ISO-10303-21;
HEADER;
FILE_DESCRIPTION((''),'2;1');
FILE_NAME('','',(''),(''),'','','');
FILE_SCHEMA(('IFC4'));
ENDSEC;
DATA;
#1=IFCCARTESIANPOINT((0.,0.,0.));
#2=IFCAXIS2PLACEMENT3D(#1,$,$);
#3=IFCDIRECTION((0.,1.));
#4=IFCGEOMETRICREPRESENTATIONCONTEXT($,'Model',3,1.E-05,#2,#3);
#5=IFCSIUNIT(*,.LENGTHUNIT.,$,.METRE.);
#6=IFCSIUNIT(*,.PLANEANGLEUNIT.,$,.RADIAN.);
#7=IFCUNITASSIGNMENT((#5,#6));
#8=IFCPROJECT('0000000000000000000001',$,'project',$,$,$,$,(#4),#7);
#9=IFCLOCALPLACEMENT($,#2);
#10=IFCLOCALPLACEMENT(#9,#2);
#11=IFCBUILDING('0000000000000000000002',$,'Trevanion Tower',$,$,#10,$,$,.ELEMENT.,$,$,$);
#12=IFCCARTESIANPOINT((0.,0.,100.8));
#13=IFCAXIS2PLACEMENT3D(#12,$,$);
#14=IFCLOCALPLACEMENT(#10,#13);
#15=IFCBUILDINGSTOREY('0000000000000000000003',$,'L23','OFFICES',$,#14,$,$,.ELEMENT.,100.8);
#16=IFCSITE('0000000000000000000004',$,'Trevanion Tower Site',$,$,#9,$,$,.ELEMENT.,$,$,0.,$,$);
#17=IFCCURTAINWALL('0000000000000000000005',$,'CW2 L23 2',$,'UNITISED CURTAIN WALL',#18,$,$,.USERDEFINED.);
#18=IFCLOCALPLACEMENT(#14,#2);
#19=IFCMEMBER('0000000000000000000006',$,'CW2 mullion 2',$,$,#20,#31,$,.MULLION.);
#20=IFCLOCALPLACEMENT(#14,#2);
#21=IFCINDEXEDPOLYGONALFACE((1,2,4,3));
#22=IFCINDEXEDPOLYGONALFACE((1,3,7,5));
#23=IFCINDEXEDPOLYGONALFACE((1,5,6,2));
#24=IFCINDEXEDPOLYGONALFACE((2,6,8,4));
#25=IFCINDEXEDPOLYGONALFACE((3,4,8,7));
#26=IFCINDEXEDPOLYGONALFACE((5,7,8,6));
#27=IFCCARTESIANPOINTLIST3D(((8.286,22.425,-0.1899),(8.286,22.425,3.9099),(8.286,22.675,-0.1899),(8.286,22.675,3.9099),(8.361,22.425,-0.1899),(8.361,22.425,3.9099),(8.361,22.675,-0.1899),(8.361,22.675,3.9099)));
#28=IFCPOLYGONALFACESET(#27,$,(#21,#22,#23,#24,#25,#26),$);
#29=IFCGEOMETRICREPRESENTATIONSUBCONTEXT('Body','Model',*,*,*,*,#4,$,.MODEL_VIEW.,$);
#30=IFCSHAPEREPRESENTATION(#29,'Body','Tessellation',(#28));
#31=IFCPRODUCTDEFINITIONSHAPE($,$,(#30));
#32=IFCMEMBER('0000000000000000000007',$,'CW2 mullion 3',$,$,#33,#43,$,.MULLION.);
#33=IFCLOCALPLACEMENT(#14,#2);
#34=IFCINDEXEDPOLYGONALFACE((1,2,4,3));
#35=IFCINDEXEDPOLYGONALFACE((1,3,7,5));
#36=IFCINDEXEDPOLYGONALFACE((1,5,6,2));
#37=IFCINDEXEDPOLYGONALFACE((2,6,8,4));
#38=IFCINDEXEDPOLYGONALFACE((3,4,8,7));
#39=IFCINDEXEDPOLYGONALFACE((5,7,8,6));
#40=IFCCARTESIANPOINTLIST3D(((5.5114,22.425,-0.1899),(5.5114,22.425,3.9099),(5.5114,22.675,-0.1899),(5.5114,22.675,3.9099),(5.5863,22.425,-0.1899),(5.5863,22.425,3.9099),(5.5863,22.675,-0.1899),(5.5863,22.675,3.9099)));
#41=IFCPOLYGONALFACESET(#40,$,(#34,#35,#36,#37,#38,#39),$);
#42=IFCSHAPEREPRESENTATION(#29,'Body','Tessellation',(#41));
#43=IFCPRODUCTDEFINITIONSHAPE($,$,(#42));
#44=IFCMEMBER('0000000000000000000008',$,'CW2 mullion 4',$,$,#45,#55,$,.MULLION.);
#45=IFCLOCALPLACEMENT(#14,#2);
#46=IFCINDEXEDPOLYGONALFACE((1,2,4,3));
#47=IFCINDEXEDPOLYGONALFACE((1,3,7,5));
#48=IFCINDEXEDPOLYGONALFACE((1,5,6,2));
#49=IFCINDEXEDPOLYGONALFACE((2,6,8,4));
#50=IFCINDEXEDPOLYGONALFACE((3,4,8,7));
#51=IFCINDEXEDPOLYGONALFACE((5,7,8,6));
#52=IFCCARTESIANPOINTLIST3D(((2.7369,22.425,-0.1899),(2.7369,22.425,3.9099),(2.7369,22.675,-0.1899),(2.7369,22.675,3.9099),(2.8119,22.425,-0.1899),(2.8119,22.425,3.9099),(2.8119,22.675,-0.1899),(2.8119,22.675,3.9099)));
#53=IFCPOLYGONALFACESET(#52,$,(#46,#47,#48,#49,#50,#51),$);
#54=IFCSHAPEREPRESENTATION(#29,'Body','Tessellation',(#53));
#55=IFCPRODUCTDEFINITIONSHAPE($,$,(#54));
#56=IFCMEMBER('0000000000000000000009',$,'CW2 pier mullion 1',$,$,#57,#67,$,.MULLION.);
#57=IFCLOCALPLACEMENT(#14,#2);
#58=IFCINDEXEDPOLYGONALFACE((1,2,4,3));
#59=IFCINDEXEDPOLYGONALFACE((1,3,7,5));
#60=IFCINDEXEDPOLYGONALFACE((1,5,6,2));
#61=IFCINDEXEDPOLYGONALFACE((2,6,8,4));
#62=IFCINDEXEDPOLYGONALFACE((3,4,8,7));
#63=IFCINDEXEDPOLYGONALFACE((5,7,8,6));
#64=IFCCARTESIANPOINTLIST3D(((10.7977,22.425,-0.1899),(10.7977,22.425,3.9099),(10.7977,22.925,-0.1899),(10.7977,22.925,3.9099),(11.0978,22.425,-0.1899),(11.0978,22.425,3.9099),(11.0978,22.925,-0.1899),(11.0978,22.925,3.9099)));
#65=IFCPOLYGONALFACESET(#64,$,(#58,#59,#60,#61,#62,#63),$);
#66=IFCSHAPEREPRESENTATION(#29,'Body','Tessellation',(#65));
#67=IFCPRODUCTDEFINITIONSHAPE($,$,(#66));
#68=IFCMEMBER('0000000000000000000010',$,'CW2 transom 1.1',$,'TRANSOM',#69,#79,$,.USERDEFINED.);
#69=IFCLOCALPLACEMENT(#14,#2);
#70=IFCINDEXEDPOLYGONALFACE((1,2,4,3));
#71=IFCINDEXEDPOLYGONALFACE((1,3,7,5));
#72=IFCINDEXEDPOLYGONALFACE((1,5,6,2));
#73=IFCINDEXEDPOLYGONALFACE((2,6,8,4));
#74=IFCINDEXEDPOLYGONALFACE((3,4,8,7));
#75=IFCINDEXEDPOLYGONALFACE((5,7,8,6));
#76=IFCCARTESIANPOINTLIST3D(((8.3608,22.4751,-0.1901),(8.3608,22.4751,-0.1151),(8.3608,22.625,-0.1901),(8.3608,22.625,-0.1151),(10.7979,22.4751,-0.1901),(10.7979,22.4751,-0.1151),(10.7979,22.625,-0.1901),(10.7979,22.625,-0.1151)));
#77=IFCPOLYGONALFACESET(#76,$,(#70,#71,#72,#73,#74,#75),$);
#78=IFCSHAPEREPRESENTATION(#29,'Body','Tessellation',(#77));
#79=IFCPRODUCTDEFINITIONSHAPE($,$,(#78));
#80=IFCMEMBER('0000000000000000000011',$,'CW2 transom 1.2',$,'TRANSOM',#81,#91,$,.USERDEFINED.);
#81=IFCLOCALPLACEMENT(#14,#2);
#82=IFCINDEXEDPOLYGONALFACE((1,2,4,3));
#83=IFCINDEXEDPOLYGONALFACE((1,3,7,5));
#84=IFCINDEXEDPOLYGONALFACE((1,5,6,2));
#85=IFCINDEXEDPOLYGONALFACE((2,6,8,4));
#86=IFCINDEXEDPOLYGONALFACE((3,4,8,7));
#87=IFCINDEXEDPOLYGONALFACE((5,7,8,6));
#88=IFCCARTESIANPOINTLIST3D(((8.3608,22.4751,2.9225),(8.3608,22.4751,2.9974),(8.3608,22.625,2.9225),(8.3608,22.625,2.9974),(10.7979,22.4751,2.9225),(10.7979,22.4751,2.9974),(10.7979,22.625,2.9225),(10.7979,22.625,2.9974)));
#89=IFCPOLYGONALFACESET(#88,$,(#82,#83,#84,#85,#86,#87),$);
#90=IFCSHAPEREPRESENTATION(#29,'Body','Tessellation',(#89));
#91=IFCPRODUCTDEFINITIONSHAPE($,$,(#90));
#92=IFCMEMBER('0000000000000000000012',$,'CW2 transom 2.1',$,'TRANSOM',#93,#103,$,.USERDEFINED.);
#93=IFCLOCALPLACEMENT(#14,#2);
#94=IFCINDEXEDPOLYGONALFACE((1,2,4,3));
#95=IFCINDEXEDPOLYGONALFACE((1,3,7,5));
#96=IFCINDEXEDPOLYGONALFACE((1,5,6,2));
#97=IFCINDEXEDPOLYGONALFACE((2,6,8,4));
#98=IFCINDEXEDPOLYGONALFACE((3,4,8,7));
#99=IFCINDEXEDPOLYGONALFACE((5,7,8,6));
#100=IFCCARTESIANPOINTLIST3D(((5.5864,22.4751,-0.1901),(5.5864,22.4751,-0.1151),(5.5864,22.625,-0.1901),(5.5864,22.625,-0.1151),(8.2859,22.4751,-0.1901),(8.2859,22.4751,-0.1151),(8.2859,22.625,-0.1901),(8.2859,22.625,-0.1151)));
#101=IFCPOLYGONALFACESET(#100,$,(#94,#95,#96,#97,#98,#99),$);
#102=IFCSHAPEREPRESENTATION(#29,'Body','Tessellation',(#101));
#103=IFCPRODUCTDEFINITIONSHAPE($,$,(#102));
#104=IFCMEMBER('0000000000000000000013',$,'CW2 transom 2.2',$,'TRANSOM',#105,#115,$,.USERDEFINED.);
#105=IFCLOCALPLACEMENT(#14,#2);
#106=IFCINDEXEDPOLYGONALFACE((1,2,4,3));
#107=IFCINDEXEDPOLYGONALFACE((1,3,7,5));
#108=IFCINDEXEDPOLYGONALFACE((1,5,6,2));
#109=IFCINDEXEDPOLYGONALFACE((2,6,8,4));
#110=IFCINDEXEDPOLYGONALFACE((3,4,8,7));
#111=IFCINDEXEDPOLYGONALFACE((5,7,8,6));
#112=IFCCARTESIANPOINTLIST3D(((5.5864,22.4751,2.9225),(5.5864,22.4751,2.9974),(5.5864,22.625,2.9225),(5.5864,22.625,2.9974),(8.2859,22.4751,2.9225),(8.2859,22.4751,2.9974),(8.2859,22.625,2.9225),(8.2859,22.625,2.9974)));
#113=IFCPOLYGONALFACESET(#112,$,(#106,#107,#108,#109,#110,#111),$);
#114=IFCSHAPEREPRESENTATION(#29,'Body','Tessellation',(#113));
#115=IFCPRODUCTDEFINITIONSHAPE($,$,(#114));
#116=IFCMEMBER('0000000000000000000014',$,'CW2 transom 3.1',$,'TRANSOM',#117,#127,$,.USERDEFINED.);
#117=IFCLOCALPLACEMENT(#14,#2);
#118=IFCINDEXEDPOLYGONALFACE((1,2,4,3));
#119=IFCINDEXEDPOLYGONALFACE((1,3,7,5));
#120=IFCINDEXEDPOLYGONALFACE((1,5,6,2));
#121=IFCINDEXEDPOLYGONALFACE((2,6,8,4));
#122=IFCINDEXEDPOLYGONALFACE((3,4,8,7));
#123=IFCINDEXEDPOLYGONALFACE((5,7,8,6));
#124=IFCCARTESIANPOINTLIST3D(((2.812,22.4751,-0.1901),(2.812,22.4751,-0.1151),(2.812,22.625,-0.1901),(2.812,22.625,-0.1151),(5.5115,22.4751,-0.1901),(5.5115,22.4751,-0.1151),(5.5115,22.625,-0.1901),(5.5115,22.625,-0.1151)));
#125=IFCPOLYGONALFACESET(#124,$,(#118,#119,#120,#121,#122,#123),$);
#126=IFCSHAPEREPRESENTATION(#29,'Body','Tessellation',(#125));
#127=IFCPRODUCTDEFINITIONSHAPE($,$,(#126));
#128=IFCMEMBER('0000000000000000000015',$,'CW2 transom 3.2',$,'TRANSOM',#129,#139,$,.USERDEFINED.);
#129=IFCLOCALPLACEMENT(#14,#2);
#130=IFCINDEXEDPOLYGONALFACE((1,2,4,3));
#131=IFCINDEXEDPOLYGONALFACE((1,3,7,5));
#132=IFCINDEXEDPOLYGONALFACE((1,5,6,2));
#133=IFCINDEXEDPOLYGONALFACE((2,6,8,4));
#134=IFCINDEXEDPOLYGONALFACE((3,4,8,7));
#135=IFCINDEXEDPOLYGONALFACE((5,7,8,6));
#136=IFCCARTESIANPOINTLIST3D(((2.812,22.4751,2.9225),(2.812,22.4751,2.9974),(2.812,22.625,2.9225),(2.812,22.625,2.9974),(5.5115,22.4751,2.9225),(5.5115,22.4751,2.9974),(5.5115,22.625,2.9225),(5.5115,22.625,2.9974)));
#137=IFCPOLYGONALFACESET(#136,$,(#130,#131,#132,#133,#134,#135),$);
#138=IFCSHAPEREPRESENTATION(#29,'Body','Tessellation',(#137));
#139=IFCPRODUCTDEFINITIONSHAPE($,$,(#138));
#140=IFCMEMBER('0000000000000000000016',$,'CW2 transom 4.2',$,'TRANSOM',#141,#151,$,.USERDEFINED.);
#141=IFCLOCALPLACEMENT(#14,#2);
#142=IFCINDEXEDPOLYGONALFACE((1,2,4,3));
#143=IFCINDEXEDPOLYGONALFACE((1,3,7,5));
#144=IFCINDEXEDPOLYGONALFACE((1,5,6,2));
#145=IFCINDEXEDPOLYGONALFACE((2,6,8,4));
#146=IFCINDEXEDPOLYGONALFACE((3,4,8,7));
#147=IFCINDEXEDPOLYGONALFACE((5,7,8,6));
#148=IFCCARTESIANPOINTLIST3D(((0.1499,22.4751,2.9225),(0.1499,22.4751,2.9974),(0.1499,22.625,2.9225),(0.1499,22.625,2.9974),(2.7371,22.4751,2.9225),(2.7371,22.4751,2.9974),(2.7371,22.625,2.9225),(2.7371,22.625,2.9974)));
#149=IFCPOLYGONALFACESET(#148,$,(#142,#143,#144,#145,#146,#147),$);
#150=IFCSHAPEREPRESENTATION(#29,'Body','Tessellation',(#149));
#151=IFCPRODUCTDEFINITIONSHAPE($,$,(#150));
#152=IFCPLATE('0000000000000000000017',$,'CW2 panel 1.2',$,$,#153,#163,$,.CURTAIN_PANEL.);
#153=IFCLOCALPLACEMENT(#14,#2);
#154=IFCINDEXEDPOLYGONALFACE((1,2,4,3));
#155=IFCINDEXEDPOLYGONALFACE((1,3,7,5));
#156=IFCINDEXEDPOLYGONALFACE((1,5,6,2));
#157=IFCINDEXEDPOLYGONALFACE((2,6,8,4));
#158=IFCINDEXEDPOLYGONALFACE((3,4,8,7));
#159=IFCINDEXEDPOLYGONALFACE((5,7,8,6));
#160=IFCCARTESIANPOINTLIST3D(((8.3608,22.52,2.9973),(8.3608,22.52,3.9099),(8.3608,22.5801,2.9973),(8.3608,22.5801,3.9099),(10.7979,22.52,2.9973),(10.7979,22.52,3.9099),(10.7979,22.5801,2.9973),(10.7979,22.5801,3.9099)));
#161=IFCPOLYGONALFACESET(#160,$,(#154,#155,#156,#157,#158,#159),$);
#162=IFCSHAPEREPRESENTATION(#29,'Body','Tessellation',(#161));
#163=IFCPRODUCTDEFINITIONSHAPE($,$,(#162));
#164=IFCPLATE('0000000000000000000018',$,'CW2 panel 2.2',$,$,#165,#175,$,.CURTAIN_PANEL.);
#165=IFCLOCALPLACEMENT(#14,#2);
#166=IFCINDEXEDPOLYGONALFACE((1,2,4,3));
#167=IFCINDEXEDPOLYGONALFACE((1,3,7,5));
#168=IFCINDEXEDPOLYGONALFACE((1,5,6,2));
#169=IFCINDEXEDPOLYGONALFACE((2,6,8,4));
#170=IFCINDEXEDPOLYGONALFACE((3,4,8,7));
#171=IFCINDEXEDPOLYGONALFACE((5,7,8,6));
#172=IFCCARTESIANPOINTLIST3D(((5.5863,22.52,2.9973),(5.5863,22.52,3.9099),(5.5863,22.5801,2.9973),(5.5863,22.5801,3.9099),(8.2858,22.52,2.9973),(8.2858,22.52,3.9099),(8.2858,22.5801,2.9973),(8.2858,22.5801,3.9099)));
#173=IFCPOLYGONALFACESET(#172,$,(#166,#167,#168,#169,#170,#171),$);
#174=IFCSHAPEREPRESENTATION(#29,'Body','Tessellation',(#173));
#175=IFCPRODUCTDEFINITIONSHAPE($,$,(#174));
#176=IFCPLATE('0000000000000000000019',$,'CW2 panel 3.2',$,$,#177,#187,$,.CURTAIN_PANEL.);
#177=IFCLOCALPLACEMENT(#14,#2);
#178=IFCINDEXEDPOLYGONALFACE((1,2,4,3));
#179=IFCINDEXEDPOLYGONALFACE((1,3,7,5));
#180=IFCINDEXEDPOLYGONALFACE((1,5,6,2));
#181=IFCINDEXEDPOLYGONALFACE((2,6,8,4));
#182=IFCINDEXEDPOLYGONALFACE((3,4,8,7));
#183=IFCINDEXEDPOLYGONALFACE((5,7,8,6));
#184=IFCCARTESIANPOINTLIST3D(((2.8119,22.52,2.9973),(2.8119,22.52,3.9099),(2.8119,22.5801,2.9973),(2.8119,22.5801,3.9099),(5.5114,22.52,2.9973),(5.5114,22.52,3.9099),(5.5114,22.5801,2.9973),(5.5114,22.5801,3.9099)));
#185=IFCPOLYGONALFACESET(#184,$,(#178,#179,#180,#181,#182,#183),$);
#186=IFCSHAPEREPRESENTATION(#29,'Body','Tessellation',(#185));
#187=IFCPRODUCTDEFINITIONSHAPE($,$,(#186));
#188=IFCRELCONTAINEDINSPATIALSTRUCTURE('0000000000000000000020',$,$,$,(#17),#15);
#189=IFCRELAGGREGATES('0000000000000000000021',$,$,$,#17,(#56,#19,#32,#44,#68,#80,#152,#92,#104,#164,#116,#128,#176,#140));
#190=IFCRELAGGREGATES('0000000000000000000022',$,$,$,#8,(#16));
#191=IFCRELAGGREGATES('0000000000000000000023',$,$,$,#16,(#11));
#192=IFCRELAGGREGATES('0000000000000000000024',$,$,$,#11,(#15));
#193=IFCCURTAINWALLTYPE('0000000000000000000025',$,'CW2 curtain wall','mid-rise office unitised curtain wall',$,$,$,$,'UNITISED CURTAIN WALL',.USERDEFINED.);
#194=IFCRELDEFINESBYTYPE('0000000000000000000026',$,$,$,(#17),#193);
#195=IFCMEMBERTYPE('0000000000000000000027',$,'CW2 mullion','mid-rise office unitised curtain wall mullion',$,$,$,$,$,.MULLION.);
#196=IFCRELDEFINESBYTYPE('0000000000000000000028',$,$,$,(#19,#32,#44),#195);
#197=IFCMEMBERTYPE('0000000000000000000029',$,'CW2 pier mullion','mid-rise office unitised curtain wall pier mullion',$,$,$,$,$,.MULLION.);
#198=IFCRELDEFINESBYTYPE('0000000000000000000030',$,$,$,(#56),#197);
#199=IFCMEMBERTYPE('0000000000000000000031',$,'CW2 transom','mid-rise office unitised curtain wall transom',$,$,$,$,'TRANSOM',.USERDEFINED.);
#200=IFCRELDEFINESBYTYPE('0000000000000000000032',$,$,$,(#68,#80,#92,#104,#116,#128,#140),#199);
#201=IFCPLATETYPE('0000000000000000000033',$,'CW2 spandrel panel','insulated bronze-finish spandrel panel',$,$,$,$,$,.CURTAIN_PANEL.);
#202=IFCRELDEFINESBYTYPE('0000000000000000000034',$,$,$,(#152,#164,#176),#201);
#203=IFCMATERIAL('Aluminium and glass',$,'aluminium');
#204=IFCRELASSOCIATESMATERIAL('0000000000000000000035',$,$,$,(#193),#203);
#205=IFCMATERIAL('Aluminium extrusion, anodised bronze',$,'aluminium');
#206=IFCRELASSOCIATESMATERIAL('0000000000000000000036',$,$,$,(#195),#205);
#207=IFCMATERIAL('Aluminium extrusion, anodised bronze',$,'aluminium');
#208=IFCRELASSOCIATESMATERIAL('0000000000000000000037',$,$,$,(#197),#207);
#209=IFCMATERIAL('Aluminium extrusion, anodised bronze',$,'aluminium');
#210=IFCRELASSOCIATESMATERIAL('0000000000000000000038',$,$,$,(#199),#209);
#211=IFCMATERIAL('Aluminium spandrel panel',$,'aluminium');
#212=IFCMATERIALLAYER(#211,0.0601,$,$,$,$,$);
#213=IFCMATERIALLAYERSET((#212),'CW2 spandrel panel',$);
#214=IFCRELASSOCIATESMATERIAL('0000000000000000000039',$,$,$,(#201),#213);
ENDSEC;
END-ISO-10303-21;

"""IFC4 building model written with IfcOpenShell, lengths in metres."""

from ifc_helpers import new_model, si_unit, direction, frame, origin, origin_2d, place, context, subcontext, project, spatial, rectangle, extrude, material, layer, layer_set, material_profile, profile_set, type_object, element, aggregate, save


model = new_model("IFC4")

# Units and contexts
model_context = context("Model", 3, precision=1e-05, world=origin(), true_north=direction((0.0, 1.0)))
body_context = subcontext(model_context, "Body", "Model", "MODEL_VIEW")
ifc_project = project(units=[si_unit("LENGTHUNIT", "METRE"), si_unit("PLANEANGLEUNIT", "RADIAN")], contexts=[model_context])

# Site, building, storey
site_placement = place(None, origin())
site = spatial("IfcSite", under=ifc_project, at=site_placement, Name="Trevanion Tower Site", CompositionType="ELEMENT", RefElevation=0.0)
building_placement = place(site_placement, origin())
building = spatial("IfcBuilding", under=site, at=building_placement, Name="Trevanion Tower", CompositionType="ELEMENT")
storey_placement = place(building_placement, frame((0.0, 0.0, 100.8)))
storey = spatial("IfcBuildingStorey", under=building, at=storey_placement, Name="L23", Description="OFFICES", CompositionType="ELEMENT", Elevation=100.8)

# Curtain wall, members, plates
ifc_material_1 = material(Name="Aluminium and glass", Category="aluminium")
curtain_wall_type = type_object("IfcCurtainWallType", Name="CW2 curtain wall", Description="mid-rise office unitised curtain wall", ElementType="UNITISED CURTAIN WALL", PredefinedType="USERDEFINED", material=ifc_material_1)
curtain_wall_placement = place(storey_placement, origin())
curtain_wall = element("IfcCurtainWall", 1, at=curtain_wall_placement, inside=storey, type_object=curtain_wall_type, Name="CW2 L23 2", ObjectType="UNITISED CURTAIN WALL", PredefinedType="USERDEFINED")
ifc_material_2 = material(Name="Aluminium extrusion, anodised bronze", Category="aluminium")
ifc_material_profile_1 = material_profile(ifc_material_2, rectangle(XDim=0.075, YDim=0.25, at=origin_2d()), Name="CW2 mullion")
ifc_profile_set_1 = profile_set([ifc_material_profile_1], Name="Aluminium extrusion, anodised bronze")
member_type_1 = type_object("IfcMemberType", Name="CW2 mullion", Description="mid-rise office unitised curtain wall mullion", PredefinedType="MULLION", material=ifc_profile_set_1)
member_1_placement = place(storey_placement, frame((8.3235, 22.55, -0.1899), z_axis=(0.0, 0.0, 1.0), x_axis=(-1.0, 0.0, 0.0)))
member_1 = element("IfcMember", 2, at=member_1_placement, type_object=member_type_1, Name="CW2 mullion 2", PredefinedType="MULLION", context=body_context, shape_type="SweptSolid", body=[
    extrude(rectangle(XDim=0.075, YDim=0.25, at=origin_2d()), origin(), (0.0, 0.0, 1.0), 4.0999),
])
member_2_placement = place(storey_placement, frame((5.5488, 22.55, -0.1899), z_axis=(0.0, 0.0, 1.0), x_axis=(-1.0, 0.0, 0.0)))
member_2 = element("IfcMember", 3, at=member_2_placement, type_object=member_type_1, Name="CW2 mullion 3", PredefinedType="MULLION", context=body_context, shape_type="SweptSolid", body=[
    extrude(rectangle(XDim=0.075, YDim=0.25, at=origin_2d()), origin(), (0.0, 0.0, 1.0), 4.0999),
])
member_3_placement = place(storey_placement, frame((2.7744, 22.55, -0.1899), z_axis=(0.0, 0.0, 1.0), x_axis=(-1.0, 0.0, 0.0)))
member_3 = element("IfcMember", 4, at=member_3_placement, type_object=member_type_1, Name="CW2 mullion 4", PredefinedType="MULLION", context=body_context, shape_type="SweptSolid", body=[
    extrude(rectangle(XDim=0.075, YDim=0.25, at=origin_2d()), origin(), (0.0, 0.0, 1.0), 4.0999),
])
ifc_material_3 = material(Name="Aluminium extrusion, anodised bronze", Category="aluminium")
ifc_material_profile_2 = material_profile(ifc_material_3, rectangle(XDim=0.3, YDim=0.5, at=origin_2d()), Name="CW2 pier mullion")
ifc_profile_set_2 = profile_set([ifc_material_profile_2], Name="Aluminium extrusion, anodised bronze")
member_type_2 = type_object("IfcMemberType", Name="CW2 pier mullion", Description="mid-rise office unitised curtain wall pier mullion", PredefinedType="MULLION", material=ifc_profile_set_2)
member_4_placement = place(storey_placement, frame((10.9478, 22.675, -0.1899), z_axis=(0.0, 0.0, 1.0), x_axis=(-1.0, 0.0, 0.0)))
member_4 = element("IfcMember", 5, at=member_4_placement, type_object=member_type_2, Name="CW2 pier mullion 1", PredefinedType="MULLION", context=body_context, shape_type="SweptSolid", body=[
    extrude(rectangle(XDim=0.3, YDim=0.5, at=origin_2d()), origin(), (0.0, 0.0, 1.0), 4.0999),
])
ifc_material_4 = material(Name="Aluminium extrusion, anodised bronze", Category="aluminium")
ifc_material_profile_3 = material_profile(ifc_material_4, rectangle(XDim=0.1499, YDim=0.075, at=origin_2d()), Name="CW2 transom")
ifc_profile_set_3 = profile_set([ifc_material_profile_3], Name="Aluminium extrusion, anodised bronze")
member_type_3 = type_object("IfcMemberType", Name="CW2 transom", Description="mid-rise office unitised curtain wall transom", ElementType="TRANSOM", PredefinedType="USERDEFINED", material=ifc_profile_set_3)
member_5_placement = place(storey_placement, frame((10.7979, 22.55, -0.1526), z_axis=(-1.0, 0.0, 0.0), x_axis=(0.0, -1.0, 0.0)))
member_5 = element("IfcMember", 6, at=member_5_placement, type_object=member_type_3, Name="CW2 transom 1.1", ObjectType="TRANSOM", PredefinedType="USERDEFINED", context=body_context, shape_type="SweptSolid", body=[
    extrude(rectangle(XDim=0.1499, YDim=0.075, at=origin_2d()), origin(), (0.0, 0.0, 1.0), 2.437),
])
member_6_placement = place(storey_placement, frame((10.7979, 22.55, 2.96), z_axis=(-1.0, 0.0, 0.0), x_axis=(0.0, -1.0, 0.0)))
member_6 = element("IfcMember", 7, at=member_6_placement, type_object=member_type_3, Name="CW2 transom 1.2", ObjectType="TRANSOM", PredefinedType="USERDEFINED", context=body_context, shape_type="SweptSolid", body=[
    extrude(rectangle(XDim=0.1499, YDim=0.075, at=origin_2d()), origin(), (0.0, 0.0, 1.0), 2.437),
])
member_7_placement = place(storey_placement, frame((8.2859, 22.55, -0.1526), z_axis=(-1.0, 0.0, 0.0), x_axis=(0.0, -1.0, 0.0)))
member_7 = element("IfcMember", 8, at=member_7_placement, type_object=member_type_3, Name="CW2 transom 2.1", ObjectType="TRANSOM", PredefinedType="USERDEFINED", context=body_context, shape_type="SweptSolid", body=[
    extrude(rectangle(XDim=0.1499, YDim=0.075, at=origin_2d()), origin(), (0.0, 0.0, 1.0), 2.6995),
])
member_8_placement = place(storey_placement, frame((8.2859, 22.55, 2.96), z_axis=(-1.0, 0.0, 0.0), x_axis=(0.0, -1.0, 0.0)))
member_8 = element("IfcMember", 9, at=member_8_placement, type_object=member_type_3, Name="CW2 transom 2.2", ObjectType="TRANSOM", PredefinedType="USERDEFINED", context=body_context, shape_type="SweptSolid", body=[
    extrude(rectangle(XDim=0.1499, YDim=0.075, at=origin_2d()), origin(), (0.0, 0.0, 1.0), 2.6995),
])
member_9_placement = place(storey_placement, frame((5.5115, 22.55, -0.1526), z_axis=(-1.0, 0.0, 0.0), x_axis=(0.0, -1.0, 0.0)))
member_9 = element("IfcMember", 10, at=member_9_placement, type_object=member_type_3, Name="CW2 transom 3.1", ObjectType="TRANSOM", PredefinedType="USERDEFINED", context=body_context, shape_type="SweptSolid", body=[
    extrude(rectangle(XDim=0.1499, YDim=0.075, at=origin_2d()), origin(), (0.0, 0.0, 1.0), 2.6995),
])
member_10_placement = place(storey_placement, frame((5.5115, 22.55, 2.96), z_axis=(-1.0, 0.0, 0.0), x_axis=(0.0, -1.0, 0.0)))
member_10 = element("IfcMember", 11, at=member_10_placement, type_object=member_type_3, Name="CW2 transom 3.2", ObjectType="TRANSOM", PredefinedType="USERDEFINED", context=body_context, shape_type="SweptSolid", body=[
    extrude(rectangle(XDim=0.1499, YDim=0.075, at=origin_2d()), origin(), (0.0, 0.0, 1.0), 2.6995),
])
member_11_placement = place(storey_placement, frame((2.7371, 22.55, 2.96), z_axis=(-1.0, 0.0, 0.0), x_axis=(0.0, -1.0, 0.0)))
member_11 = element("IfcMember", 12, at=member_11_placement, type_object=member_type_3, Name="CW2 transom 4.2", ObjectType="TRANSOM", PredefinedType="USERDEFINED", context=body_context, shape_type="SweptSolid", body=[
    extrude(rectangle(XDim=0.1499, YDim=0.075, at=origin_2d()), origin(), (0.0, 0.0, 1.0), 2.5872),
])
ifc_material_5 = material(Name="Aluminium spandrel panel", Category="aluminium")
ifc_layer_1 = layer(ifc_material_5, 0.0601)
ifc_layer_set_1 = layer_set([ifc_layer_1], Name="CW2 spandrel panel")
plate_type_1 = type_object("IfcPlateType", Name="CW2 spandrel panel", Description="insulated bronze-finish spandrel panel", PredefinedType="CURTAIN_PANEL", material=ifc_layer_set_1)
plate_1_placement = place(storey_placement, frame((9.5793, 22.55, 2.9973), z_axis=(0.0, 0.0, 1.0), x_axis=(-1.0, 0.0, 0.0)))
plate_1 = element("IfcPlate", 13, at=plate_1_placement, type_object=plate_type_1, Name="CW2 panel 1.2", PredefinedType="CURTAIN_PANEL", context=body_context, shape_type="SweptSolid", body=[
    extrude(rectangle(XDim=2.437, YDim=0.0601, at=origin_2d()), origin(), (0.0, 0.0, 1.0), 0.9126),
])
plate_2_placement = place(storey_placement, frame((6.936, 22.55, 2.9973), z_axis=(0.0, 0.0, 1.0), x_axis=(-1.0, 0.0, 0.0)))
plate_2 = element("IfcPlate", 14, at=plate_2_placement, type_object=plate_type_1, Name="CW2 panel 2.2", PredefinedType="CURTAIN_PANEL", context=body_context, shape_type="SweptSolid", body=[
    extrude(rectangle(XDim=2.6995, YDim=0.0601, at=origin_2d()), origin(), (0.0, 0.0, 1.0), 0.9126),
])
plate_3_placement = place(storey_placement, frame((4.1616, 22.55, 2.9973), z_axis=(0.0, 0.0, 1.0), x_axis=(-1.0, 0.0, 0.0)))
plate_3 = element("IfcPlate", 15, at=plate_3_placement, type_object=plate_type_1, Name="CW2 panel 3.2", PredefinedType="CURTAIN_PANEL", context=body_context, shape_type="SweptSolid", body=[
    extrude(rectangle(XDim=2.6995, YDim=0.0601, at=origin_2d()), origin(), (0.0, 0.0, 1.0), 0.9126),
])
aggregate(curtain_wall, [member_4, member_1, member_2, member_3, member_5, member_6, plate_1, member_7, member_8, plate_2, member_9, member_10, plate_3, member_11])

save(model, "model.ifc")
